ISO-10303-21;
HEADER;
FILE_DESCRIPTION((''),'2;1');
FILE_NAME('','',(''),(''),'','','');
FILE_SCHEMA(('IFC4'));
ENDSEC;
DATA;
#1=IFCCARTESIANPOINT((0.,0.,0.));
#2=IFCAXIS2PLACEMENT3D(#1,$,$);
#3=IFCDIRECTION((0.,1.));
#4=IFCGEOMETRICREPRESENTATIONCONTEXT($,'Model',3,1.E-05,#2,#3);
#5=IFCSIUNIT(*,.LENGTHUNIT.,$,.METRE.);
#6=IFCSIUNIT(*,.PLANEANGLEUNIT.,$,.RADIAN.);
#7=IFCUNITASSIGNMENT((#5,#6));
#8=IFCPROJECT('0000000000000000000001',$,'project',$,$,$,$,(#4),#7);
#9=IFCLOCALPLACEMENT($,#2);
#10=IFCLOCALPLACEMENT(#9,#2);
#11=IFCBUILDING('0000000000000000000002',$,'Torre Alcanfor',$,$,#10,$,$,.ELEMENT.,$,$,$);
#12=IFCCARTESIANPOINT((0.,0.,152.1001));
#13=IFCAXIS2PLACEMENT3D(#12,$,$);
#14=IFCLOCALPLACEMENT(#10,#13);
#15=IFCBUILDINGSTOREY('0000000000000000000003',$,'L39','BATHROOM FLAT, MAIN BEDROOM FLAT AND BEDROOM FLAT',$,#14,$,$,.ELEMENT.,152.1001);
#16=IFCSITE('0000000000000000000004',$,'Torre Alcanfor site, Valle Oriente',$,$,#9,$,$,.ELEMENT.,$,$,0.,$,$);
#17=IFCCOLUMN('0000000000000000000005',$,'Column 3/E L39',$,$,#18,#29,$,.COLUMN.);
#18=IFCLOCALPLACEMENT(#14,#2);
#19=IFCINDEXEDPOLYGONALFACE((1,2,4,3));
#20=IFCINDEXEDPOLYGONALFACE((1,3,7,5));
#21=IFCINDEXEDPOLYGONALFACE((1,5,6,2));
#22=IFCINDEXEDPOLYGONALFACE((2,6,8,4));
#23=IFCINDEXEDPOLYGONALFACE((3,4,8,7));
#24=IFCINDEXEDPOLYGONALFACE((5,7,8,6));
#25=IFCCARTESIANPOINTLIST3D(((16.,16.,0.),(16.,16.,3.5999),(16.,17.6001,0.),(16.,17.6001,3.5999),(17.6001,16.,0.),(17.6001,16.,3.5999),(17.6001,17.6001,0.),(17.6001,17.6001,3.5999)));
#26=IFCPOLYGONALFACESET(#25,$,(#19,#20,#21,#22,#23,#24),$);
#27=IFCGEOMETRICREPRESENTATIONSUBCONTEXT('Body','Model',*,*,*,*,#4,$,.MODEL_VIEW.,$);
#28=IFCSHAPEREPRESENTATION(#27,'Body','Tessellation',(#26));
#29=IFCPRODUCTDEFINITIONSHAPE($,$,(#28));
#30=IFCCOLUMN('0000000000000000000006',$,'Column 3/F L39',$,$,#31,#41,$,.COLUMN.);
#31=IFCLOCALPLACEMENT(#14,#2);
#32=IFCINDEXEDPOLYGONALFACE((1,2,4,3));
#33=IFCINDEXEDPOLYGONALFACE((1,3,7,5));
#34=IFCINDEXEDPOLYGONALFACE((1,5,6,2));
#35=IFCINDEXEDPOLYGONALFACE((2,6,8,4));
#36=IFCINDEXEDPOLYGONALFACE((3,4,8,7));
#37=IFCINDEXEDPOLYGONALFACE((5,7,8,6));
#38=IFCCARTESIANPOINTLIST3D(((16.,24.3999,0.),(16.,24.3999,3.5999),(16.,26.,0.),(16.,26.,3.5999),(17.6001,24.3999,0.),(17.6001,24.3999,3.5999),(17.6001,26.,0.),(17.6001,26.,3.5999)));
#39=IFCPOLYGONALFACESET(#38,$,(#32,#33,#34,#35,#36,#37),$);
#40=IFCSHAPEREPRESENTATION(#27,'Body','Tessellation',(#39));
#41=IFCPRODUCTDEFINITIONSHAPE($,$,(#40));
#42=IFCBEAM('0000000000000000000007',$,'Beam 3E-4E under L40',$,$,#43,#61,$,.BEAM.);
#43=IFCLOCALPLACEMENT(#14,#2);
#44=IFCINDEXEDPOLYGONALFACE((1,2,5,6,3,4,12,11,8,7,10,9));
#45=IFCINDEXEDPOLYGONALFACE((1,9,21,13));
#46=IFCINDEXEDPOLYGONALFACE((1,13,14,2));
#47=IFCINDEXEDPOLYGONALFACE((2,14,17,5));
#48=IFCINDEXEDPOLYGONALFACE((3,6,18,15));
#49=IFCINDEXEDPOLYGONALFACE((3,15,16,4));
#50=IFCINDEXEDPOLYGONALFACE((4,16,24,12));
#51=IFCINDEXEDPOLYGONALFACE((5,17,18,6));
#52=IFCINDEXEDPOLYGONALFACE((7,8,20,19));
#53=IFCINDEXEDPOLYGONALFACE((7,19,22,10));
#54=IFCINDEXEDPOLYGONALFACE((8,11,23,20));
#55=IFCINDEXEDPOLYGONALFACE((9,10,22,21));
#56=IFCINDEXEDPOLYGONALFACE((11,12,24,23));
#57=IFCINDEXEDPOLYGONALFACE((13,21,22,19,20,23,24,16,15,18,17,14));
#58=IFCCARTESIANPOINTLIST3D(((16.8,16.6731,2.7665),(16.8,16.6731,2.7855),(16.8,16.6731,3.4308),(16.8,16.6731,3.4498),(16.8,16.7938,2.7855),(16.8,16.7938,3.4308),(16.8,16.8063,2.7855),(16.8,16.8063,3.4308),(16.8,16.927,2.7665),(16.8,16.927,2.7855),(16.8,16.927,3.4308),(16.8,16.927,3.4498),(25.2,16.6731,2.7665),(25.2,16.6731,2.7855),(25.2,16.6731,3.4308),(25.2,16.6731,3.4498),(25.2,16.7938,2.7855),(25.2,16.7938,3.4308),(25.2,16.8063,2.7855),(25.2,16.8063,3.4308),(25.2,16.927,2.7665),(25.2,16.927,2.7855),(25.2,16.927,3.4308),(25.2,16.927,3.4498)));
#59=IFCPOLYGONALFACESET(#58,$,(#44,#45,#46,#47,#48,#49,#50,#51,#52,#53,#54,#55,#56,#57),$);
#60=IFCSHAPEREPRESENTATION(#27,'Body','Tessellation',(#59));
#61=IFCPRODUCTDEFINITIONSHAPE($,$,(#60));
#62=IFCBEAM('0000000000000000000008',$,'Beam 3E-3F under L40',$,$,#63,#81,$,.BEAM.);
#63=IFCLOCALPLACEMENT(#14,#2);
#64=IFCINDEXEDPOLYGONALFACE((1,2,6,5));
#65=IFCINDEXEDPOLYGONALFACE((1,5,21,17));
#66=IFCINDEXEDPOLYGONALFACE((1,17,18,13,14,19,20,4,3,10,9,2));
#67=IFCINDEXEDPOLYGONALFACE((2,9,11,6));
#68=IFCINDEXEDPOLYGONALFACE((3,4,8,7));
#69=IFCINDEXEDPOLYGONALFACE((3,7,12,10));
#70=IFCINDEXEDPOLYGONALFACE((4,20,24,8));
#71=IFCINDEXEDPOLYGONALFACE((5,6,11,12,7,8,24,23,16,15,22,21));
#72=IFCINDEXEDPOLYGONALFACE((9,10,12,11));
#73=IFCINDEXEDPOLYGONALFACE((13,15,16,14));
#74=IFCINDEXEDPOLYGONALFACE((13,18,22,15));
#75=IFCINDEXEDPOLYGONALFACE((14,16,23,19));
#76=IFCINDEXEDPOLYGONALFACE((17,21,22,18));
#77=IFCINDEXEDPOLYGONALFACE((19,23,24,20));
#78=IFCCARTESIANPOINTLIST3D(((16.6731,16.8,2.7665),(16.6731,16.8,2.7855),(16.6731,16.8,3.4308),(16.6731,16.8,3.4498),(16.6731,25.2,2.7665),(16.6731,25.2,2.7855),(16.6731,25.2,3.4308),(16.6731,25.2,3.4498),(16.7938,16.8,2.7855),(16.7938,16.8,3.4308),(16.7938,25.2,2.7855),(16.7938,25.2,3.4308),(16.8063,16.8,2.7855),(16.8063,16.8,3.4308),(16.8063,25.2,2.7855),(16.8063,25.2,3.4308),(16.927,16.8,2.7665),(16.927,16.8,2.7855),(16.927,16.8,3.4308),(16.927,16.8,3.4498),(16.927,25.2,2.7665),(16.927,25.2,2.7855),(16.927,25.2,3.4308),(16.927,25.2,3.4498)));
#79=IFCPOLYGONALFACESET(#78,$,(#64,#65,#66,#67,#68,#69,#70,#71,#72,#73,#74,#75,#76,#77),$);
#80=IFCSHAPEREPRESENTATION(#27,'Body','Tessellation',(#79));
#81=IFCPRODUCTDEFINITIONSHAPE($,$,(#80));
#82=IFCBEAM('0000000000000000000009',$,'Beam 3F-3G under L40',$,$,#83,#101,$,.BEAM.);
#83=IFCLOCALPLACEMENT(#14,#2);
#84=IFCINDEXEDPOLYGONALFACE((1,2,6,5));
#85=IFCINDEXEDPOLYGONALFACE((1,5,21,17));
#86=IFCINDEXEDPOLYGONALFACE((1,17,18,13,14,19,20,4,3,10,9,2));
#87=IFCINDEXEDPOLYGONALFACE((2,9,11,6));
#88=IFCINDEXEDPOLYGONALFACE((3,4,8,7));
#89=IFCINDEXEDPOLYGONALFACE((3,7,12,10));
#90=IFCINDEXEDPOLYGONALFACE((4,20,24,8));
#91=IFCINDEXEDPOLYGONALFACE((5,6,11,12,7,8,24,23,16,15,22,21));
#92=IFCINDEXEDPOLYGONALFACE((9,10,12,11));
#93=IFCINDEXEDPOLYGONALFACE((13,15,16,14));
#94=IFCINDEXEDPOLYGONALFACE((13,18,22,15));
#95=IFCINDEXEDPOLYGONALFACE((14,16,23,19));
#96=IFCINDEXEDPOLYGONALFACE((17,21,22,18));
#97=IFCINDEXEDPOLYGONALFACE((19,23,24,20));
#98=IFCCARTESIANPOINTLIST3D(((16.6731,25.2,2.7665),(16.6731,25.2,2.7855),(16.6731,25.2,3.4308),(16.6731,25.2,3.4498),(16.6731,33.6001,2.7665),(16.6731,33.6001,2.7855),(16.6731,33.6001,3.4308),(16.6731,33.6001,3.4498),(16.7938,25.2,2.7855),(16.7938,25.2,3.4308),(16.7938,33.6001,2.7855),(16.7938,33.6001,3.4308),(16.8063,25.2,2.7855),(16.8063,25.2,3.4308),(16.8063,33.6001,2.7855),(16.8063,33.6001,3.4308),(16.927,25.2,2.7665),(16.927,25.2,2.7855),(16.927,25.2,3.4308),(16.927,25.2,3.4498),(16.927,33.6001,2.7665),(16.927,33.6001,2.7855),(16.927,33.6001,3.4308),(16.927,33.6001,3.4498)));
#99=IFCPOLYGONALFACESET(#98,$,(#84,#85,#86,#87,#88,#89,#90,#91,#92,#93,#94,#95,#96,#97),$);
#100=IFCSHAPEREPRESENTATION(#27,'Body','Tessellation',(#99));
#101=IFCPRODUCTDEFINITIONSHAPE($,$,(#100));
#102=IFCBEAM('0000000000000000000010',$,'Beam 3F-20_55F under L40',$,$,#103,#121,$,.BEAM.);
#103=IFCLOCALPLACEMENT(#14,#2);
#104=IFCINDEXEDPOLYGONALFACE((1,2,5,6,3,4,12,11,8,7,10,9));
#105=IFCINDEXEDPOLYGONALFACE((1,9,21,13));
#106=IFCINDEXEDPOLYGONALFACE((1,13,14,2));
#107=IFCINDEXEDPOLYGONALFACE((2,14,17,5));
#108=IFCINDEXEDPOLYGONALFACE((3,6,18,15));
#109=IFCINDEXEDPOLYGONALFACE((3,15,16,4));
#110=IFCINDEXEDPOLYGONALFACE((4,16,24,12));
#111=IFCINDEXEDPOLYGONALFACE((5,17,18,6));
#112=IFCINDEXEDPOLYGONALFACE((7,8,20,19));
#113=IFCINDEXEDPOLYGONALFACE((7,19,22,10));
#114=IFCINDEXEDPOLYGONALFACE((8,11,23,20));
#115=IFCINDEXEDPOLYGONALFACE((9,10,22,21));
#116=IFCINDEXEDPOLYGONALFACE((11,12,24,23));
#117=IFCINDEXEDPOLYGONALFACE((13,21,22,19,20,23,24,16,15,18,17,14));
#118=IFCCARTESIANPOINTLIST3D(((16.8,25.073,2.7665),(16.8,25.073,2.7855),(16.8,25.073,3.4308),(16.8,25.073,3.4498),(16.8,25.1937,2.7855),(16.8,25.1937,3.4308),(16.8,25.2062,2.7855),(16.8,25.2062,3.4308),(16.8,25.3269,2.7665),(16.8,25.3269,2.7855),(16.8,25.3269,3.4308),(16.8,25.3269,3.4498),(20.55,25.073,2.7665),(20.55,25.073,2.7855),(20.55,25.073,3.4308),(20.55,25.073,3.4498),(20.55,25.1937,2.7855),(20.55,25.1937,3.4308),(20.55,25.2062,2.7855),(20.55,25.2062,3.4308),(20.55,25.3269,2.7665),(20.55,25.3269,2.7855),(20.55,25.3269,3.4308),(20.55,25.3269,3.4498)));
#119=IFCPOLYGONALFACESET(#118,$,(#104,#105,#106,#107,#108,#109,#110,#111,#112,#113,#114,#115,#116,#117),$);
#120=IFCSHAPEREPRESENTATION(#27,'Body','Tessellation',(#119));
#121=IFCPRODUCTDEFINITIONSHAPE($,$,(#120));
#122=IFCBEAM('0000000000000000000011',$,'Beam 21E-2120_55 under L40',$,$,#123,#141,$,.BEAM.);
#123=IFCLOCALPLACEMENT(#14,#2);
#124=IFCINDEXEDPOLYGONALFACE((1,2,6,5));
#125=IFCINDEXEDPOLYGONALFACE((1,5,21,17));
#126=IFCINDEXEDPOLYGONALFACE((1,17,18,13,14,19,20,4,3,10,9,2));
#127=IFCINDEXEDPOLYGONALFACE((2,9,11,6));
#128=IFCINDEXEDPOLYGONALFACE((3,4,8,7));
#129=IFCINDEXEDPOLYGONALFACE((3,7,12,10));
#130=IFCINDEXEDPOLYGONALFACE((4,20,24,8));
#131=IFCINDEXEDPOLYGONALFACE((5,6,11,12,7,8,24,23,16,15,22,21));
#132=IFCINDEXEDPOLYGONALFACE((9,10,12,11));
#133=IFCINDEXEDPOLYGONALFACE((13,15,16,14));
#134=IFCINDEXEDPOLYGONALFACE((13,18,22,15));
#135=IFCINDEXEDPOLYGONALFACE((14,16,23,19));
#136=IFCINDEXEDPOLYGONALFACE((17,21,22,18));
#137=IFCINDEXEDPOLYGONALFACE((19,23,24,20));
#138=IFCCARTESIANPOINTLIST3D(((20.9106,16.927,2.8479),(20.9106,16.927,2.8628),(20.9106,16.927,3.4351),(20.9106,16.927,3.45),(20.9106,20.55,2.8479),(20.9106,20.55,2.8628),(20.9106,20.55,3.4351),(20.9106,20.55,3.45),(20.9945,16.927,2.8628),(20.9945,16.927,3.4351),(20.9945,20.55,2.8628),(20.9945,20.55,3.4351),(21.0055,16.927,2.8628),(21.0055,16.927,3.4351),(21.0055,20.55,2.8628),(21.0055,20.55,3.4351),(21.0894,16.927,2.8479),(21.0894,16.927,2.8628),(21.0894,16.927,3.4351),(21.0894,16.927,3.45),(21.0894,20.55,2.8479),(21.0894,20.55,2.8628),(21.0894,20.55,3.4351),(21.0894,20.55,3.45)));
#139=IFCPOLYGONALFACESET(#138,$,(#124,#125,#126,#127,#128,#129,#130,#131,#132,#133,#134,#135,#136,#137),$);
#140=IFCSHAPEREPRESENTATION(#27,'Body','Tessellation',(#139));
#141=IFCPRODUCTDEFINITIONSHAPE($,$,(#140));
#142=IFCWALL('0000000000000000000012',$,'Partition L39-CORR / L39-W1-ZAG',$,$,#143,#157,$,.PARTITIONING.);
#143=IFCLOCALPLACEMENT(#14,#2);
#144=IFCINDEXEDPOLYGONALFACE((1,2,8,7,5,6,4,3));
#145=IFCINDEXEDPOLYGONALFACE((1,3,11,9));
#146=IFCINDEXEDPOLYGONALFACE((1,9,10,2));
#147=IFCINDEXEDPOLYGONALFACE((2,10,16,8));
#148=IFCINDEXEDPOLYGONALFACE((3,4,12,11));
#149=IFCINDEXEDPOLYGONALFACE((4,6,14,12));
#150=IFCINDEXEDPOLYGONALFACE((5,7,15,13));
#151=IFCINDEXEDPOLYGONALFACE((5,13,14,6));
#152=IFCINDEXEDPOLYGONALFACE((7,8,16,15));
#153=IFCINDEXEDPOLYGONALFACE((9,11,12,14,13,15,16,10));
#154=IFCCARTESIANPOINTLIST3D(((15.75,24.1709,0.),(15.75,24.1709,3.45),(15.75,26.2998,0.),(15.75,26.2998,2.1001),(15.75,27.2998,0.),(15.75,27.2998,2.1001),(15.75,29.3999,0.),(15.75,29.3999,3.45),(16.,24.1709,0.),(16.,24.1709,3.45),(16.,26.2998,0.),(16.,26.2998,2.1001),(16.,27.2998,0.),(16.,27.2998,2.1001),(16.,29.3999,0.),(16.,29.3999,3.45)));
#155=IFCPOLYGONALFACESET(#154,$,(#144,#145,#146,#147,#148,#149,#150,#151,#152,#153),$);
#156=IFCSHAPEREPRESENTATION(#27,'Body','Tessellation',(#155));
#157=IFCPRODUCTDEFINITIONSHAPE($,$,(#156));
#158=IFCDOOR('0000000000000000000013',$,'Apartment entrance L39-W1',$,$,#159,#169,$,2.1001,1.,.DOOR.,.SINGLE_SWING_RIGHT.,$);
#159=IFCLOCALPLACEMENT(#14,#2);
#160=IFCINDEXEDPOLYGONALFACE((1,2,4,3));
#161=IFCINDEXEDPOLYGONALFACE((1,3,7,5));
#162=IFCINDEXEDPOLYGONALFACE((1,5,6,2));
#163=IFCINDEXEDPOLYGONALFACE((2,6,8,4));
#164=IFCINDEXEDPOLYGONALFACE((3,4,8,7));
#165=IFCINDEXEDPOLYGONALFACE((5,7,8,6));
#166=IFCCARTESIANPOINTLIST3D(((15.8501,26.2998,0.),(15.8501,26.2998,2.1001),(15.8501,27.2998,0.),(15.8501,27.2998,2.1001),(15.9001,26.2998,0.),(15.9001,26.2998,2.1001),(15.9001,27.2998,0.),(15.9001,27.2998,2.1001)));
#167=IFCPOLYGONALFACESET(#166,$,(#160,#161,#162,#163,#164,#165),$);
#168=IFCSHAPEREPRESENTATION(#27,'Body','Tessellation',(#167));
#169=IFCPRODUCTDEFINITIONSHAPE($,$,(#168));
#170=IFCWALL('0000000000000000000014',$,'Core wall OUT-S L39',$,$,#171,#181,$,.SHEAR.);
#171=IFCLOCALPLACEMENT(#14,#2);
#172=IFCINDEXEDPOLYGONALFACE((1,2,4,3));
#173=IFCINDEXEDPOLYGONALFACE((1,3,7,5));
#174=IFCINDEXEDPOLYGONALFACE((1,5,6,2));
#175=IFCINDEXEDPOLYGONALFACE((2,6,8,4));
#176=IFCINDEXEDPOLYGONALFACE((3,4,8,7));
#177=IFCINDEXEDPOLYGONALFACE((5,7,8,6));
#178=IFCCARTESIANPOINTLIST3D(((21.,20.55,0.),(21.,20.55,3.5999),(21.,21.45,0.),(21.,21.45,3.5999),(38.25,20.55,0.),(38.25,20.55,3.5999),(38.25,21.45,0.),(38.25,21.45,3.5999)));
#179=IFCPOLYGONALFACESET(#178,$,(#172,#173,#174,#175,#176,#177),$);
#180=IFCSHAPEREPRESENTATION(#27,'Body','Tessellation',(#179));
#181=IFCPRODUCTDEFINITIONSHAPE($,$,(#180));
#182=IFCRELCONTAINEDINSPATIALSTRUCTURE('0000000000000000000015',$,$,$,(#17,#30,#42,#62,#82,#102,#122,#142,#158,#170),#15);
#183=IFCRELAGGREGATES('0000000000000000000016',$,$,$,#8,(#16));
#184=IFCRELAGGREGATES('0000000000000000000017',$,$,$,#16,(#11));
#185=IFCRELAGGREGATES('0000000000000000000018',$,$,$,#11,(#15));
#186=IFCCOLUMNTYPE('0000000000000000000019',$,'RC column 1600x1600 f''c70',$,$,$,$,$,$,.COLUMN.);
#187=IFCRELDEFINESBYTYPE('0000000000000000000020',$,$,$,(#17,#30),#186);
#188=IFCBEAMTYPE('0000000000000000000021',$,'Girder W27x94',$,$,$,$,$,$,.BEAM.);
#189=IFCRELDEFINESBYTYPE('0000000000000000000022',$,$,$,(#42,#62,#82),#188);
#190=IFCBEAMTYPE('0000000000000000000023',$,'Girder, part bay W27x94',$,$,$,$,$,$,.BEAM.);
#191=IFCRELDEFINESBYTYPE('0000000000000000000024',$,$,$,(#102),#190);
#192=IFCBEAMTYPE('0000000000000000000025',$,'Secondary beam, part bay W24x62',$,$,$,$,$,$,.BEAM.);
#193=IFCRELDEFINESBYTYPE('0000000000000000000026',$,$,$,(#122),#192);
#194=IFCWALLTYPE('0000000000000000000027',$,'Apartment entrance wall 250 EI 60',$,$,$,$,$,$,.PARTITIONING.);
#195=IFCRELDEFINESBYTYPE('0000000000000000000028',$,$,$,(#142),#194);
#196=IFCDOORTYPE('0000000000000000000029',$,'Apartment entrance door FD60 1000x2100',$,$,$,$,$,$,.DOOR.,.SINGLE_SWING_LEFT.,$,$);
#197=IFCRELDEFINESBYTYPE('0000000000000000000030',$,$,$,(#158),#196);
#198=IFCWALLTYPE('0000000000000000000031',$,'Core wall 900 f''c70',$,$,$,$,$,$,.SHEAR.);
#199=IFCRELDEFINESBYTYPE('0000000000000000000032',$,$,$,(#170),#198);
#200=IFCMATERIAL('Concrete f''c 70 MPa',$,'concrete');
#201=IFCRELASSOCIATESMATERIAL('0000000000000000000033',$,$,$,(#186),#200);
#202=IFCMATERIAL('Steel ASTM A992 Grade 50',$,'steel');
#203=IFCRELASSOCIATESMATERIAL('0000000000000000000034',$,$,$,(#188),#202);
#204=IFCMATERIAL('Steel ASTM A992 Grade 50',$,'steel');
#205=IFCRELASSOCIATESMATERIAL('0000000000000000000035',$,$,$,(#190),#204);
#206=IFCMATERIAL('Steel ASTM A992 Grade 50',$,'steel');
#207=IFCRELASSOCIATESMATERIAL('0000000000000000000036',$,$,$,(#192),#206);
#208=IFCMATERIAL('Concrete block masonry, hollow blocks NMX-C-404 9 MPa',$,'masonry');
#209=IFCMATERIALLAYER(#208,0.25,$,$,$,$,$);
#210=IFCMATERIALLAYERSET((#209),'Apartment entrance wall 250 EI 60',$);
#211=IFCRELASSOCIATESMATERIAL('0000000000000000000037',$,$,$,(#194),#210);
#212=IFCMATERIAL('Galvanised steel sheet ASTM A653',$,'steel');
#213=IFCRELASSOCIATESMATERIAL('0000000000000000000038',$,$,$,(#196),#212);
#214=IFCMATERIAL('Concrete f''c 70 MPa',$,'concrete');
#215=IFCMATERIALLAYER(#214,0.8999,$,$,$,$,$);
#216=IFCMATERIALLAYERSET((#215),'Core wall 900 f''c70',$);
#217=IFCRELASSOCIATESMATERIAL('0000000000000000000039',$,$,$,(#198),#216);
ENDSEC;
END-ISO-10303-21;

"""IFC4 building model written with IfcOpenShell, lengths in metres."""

from ifc_helpers import new_model, si_unit, direction, frame, frame_2d, origin, origin_2d, place, context, subcontext, project, spatial, rectangle, i_section, extrude, material, layer, layer_set, material_profile, profile_set, type_object, element, fill, save


model = new_model("IFC4")

# Units and contexts
model_context = context("Model", 3, precision=1e-05, world=origin(), true_north=direction((0.0, 1.0)))
body_context = subcontext(model_context, "Body", "Model", "MODEL_VIEW")
ifc_project = project(units=[si_unit("LENGTHUNIT", "METRE"), si_unit("PLANEANGLEUNIT", "RADIAN")], contexts=[model_context])

# Site, building, storey
site_placement = place(None, origin())
site = spatial("IfcSite", under=ifc_project, at=site_placement, Name="Torre Alcanfor site, Valle Oriente", CompositionType="ELEMENT", RefElevation=0.0)
building_placement = place(site_placement, origin())
building = spatial("IfcBuilding", under=site, at=building_placement, Name="Torre Alcanfor", CompositionType="ELEMENT")
storey_placement = place(building_placement, frame((0.0, 0.0, 152.1001)))
storey = spatial("IfcBuildingStorey", under=building, at=storey_placement, Name="L39", Description="BATHROOM FLAT, MAIN BEDROOM FLAT AND BEDROOM FLAT", CompositionType="ELEMENT", Elevation=152.1001)

# Columns
ifc_material_1 = material(Name="Concrete f'c 70 MPa", Category="concrete")
ifc_material_profile_1 = material_profile(ifc_material_1, rectangle(XDim=1.6001, YDim=1.6001, at=origin_2d()), Name="1600x1600")
ifc_profile_set_1 = profile_set([ifc_material_profile_1], Name="Concrete f'c 70 MPa")
column_type = type_object("IfcColumnType", Name="RC column 1600x1600 f'c70", PredefinedType="COLUMN", material=ifc_profile_set_1)
for number, where, z_axis, x_axis, name in (
    (1, (16.8, 16.8, 0.0), (0.0, 0.0, 1.0), (1.0, 0.0, 0.0), "Column 3/E L39"),
    (2, (16.8, 25.2, 0.0), (0.0, 0.0, 1.0), (1.0, 0.0, 0.0), "Column 3/F L39"),
):
    element("IfcColumn", number, at=place(storey_placement, frame(where, z_axis=z_axis, x_axis=x_axis)), inside=storey, type_object=column_type, Name=name, PredefinedType="COLUMN", context=body_context, shape_type="SweptSolid", body=[
        extrude(rectangle(XDim=1.6001, YDim=1.6001, at=origin_2d()), origin(), (0.0, 0.0, 1.0), 3.5999),
    ])

# Beams
ifc_material_2 = material(Name="Steel ASTM A992 Grade 50", Category="steel")
ifc_material_profile_2 = material_profile(ifc_material_2, i_section(OverallWidth=0.2539, OverallDepth=0.6833, WebThickness=0.0125, FlangeThickness=0.019, at=origin_2d()), Name="W27x94")
ifc_profile_set_2 = profile_set([ifc_material_profile_2], Name="Steel ASTM A992 Grade 50")
beam_type_1 = type_object("IfcBeamType", Name="Girder W27x94", PredefinedType="BEAM", material=ifc_profile_set_2)
for number, where, z_axis, x_axis, name in (
    (3, (16.8, 16.8, 3.1082), (1.0, 0.0, 0.0), (0.0, 1.0, 0.0), "Beam 3E-4E under L40"),
    (4, (16.8, 16.8, 3.1082), (0.0, 1.0, 0.0), (-1.0, 0.0, 0.0), "Beam 3E-3F under L40"),
):
    element("IfcBeam", number, at=place(storey_placement, frame(where, z_axis=z_axis, x_axis=x_axis)), inside=storey, type_object=beam_type_1, Name=name, PredefinedType="BEAM", context=body_context, shape_type="SweptSolid", body=[
        extrude(i_section(OverallWidth=0.2539, OverallDepth=0.6833, WebThickness=0.0125, FlangeThickness=0.019, at=origin_2d()), origin(), (0.0, 0.0, 1.0), 8.3999),
    ])
beam_1_placement = place(storey_placement, frame((16.8, 25.2, 3.1082), z_axis=(0.0, 1.0, 0.0), x_axis=(-1.0, 0.0, 0.0)))
element("IfcBeam", 5, at=beam_1_placement, inside=storey, type_object=beam_type_1, Name="Beam 3F-3G under L40", PredefinedType="BEAM", context=body_context, shape_type="SweptSolid", body=[
    extrude(i_section(OverallWidth=0.2539, OverallDepth=0.6833, WebThickness=0.0125, FlangeThickness=0.019, at=origin_2d()), origin(), (0.0, 0.0, 1.0), 8.4001),
])
ifc_material_3 = material(Name="Steel ASTM A992 Grade 50", Category="steel")
ifc_material_profile_3 = material_profile(ifc_material_3, i_section(OverallWidth=0.2539, OverallDepth=0.6833, WebThickness=0.0125, FlangeThickness=0.019, at=origin_2d()), Name="W27x94")
ifc_profile_set_3 = profile_set([ifc_material_profile_3], Name="Steel ASTM A992 Grade 50")
beam_type_2 = type_object("IfcBeamType", Name="Girder, part bay W27x94", PredefinedType="BEAM", material=ifc_profile_set_3)
beam_2_placement = place(storey_placement, frame((16.8, 25.2, 3.1082), z_axis=(1.0, 0.0, 0.0), x_axis=(0.0, 1.0, 0.0)))
element("IfcBeam", 6, at=beam_2_placement, inside=storey, type_object=beam_type_2, Name="Beam 3F-20_55F under L40", PredefinedType="BEAM", context=body_context, shape_type="SweptSolid", body=[
    extrude(i_section(OverallWidth=0.2539, OverallDepth=0.6833, WebThickness=0.0125, FlangeThickness=0.019, at=origin_2d()), origin(), (0.0, 0.0, 1.0), 3.75),
])
ifc_material_4 = material(Name="Steel ASTM A992 Grade 50", Category="steel")
ifc_material_profile_4 = material_profile(ifc_material_4, i_section(OverallWidth=0.1787, OverallDepth=0.6021, WebThickness=0.011, FlangeThickness=0.0149, at=origin_2d()), Name="W24x62")
ifc_profile_set_4 = profile_set([ifc_material_profile_4], Name="Steel ASTM A992 Grade 50")
beam_type_3 = type_object("IfcBeamType", Name="Secondary beam, part bay W24x62", PredefinedType="BEAM", material=ifc_profile_set_4)
beam_3_placement = place(storey_placement, frame((21.0, 16.927, 3.1489), z_axis=(0.0, 1.0, 0.0), x_axis=(-1.0, 0.0, 0.0)))
element("IfcBeam", 7, at=beam_3_placement, inside=storey, type_object=beam_type_3, Name="Beam 21E-2120_55 under L40", PredefinedType="BEAM", context=body_context, shape_type="SweptSolid", body=[
    extrude(i_section(OverallWidth=0.1787, OverallDepth=0.6021, WebThickness=0.011, FlangeThickness=0.0149, at=origin_2d()), origin(), (0.0, 0.0, 1.0), 3.623),
])

# Wall, opening, door
ifc_material_5 = material(Name="Concrete block masonry, hollow blocks NMX-C-404 9 MPa", Category="masonry")
ifc_layer_1 = layer(ifc_material_5, 0.25)
ifc_layer_set_1 = layer_set([ifc_layer_1], Name="Apartment entrance wall 250 EI 60")
wall_type_1 = type_object("IfcWallType", Name="Apartment entrance wall 250 EI 60", PredefinedType="PARTITIONING", material=ifc_layer_set_1)
wall_1_placement = place(storey_placement, frame((15.875, 24.1709, 0.0), z_axis=(0.0, 0.0, 1.0), x_axis=(0.0, 1.0, 0.0)))
wall_1 = element("IfcWall", 8, at=wall_1_placement, inside=storey, type_object=wall_type_1, Name="Partition L39-CORR / L39-W1-ZAG", PredefinedType="PARTITIONING", context=body_context, shape_type="SweptSolid", body=[
    extrude(rectangle(XDim=5.229, YDim=0.25, at=frame_2d((2.6145, 0.0))), origin(), (0.0, 0.0, 1.0), 3.45),
])
opening_1_placement = place(wall_1_placement, frame((2.1289, 0.0, 0.0)))
opening_1 = element("IfcOpeningElement", 9, at=opening_1_placement, cuts=wall_1, PredefinedType="OPENING", context=body_context, shape_type="SweptSolid", body=[
    extrude(rectangle(XDim=1.0, YDim=2.1001, at=frame_2d((0.5, 1.05))), frame((0.0, 0.135, 0.0), z_axis=(0.0, -1.0, 0.0), x_axis=(1.0, 0.0, 0.0)), (0.0, 0.0, 1.0), 0.27),
])
ifc_material_6 = material(Name="Galvanised steel sheet ASTM A653", Category="steel")
door_type_1 = type_object("IfcDoorType", Name="Apartment entrance door FD60 1000x2100", OperationType="SINGLE_SWING_LEFT", PredefinedType="DOOR", material=ifc_material_6)
door_1_placement = place(opening_1_placement, origin())
door_1 = element("IfcDoor", 10, at=door_1_placement, inside=storey, type_object=door_type_1, Name="Apartment entrance L39-W1", OperationType="SINGLE_SWING_RIGHT", OverallHeight=2.1001, OverallWidth=1.0, PredefinedType="DOOR", context=body_context, shape_type="SweptSolid", body=[
    extrude(rectangle(XDim=1.0, YDim=2.1001, at=frame_2d((0.5, 1.05))), frame((0.0, 0.0249, 0.0), z_axis=(0.0, -1.0, 0.0), x_axis=(1.0, 0.0, 0.0)), (0.0, 0.0, 1.0), 0.05),
])
fill(opening_1, door_1)

# Wall
ifc_material_7 = material(Name="Concrete f'c 70 MPa", Category="concrete")
ifc_layer_2 = layer(ifc_material_7, 0.8999)
ifc_layer_set_2 = layer_set([ifc_layer_2], Name="Core wall 900 f'c70")
wall_type_2 = type_object("IfcWallType", Name="Core wall 900 f'c70", PredefinedType="SHEAR", material=ifc_layer_set_2)
wall_2_placement = place(storey_placement, frame((21.0, 21.0, 0.0), z_axis=(0.0, 0.0, 1.0), x_axis=(1.0, 0.0, 0.0)))
element("IfcWall", 11, at=wall_2_placement, inside=storey, type_object=wall_type_2, Name="Core wall OUT-S L39", PredefinedType="SHEAR", context=body_context, shape_type="SweptSolid", body=[
    extrude(rectangle(XDim=17.25, YDim=0.8999, at=frame_2d((8.625, 0.0))), origin(), (0.0, 0.0, 1.0), 3.5999),
])

save(model, "model.ifc")
